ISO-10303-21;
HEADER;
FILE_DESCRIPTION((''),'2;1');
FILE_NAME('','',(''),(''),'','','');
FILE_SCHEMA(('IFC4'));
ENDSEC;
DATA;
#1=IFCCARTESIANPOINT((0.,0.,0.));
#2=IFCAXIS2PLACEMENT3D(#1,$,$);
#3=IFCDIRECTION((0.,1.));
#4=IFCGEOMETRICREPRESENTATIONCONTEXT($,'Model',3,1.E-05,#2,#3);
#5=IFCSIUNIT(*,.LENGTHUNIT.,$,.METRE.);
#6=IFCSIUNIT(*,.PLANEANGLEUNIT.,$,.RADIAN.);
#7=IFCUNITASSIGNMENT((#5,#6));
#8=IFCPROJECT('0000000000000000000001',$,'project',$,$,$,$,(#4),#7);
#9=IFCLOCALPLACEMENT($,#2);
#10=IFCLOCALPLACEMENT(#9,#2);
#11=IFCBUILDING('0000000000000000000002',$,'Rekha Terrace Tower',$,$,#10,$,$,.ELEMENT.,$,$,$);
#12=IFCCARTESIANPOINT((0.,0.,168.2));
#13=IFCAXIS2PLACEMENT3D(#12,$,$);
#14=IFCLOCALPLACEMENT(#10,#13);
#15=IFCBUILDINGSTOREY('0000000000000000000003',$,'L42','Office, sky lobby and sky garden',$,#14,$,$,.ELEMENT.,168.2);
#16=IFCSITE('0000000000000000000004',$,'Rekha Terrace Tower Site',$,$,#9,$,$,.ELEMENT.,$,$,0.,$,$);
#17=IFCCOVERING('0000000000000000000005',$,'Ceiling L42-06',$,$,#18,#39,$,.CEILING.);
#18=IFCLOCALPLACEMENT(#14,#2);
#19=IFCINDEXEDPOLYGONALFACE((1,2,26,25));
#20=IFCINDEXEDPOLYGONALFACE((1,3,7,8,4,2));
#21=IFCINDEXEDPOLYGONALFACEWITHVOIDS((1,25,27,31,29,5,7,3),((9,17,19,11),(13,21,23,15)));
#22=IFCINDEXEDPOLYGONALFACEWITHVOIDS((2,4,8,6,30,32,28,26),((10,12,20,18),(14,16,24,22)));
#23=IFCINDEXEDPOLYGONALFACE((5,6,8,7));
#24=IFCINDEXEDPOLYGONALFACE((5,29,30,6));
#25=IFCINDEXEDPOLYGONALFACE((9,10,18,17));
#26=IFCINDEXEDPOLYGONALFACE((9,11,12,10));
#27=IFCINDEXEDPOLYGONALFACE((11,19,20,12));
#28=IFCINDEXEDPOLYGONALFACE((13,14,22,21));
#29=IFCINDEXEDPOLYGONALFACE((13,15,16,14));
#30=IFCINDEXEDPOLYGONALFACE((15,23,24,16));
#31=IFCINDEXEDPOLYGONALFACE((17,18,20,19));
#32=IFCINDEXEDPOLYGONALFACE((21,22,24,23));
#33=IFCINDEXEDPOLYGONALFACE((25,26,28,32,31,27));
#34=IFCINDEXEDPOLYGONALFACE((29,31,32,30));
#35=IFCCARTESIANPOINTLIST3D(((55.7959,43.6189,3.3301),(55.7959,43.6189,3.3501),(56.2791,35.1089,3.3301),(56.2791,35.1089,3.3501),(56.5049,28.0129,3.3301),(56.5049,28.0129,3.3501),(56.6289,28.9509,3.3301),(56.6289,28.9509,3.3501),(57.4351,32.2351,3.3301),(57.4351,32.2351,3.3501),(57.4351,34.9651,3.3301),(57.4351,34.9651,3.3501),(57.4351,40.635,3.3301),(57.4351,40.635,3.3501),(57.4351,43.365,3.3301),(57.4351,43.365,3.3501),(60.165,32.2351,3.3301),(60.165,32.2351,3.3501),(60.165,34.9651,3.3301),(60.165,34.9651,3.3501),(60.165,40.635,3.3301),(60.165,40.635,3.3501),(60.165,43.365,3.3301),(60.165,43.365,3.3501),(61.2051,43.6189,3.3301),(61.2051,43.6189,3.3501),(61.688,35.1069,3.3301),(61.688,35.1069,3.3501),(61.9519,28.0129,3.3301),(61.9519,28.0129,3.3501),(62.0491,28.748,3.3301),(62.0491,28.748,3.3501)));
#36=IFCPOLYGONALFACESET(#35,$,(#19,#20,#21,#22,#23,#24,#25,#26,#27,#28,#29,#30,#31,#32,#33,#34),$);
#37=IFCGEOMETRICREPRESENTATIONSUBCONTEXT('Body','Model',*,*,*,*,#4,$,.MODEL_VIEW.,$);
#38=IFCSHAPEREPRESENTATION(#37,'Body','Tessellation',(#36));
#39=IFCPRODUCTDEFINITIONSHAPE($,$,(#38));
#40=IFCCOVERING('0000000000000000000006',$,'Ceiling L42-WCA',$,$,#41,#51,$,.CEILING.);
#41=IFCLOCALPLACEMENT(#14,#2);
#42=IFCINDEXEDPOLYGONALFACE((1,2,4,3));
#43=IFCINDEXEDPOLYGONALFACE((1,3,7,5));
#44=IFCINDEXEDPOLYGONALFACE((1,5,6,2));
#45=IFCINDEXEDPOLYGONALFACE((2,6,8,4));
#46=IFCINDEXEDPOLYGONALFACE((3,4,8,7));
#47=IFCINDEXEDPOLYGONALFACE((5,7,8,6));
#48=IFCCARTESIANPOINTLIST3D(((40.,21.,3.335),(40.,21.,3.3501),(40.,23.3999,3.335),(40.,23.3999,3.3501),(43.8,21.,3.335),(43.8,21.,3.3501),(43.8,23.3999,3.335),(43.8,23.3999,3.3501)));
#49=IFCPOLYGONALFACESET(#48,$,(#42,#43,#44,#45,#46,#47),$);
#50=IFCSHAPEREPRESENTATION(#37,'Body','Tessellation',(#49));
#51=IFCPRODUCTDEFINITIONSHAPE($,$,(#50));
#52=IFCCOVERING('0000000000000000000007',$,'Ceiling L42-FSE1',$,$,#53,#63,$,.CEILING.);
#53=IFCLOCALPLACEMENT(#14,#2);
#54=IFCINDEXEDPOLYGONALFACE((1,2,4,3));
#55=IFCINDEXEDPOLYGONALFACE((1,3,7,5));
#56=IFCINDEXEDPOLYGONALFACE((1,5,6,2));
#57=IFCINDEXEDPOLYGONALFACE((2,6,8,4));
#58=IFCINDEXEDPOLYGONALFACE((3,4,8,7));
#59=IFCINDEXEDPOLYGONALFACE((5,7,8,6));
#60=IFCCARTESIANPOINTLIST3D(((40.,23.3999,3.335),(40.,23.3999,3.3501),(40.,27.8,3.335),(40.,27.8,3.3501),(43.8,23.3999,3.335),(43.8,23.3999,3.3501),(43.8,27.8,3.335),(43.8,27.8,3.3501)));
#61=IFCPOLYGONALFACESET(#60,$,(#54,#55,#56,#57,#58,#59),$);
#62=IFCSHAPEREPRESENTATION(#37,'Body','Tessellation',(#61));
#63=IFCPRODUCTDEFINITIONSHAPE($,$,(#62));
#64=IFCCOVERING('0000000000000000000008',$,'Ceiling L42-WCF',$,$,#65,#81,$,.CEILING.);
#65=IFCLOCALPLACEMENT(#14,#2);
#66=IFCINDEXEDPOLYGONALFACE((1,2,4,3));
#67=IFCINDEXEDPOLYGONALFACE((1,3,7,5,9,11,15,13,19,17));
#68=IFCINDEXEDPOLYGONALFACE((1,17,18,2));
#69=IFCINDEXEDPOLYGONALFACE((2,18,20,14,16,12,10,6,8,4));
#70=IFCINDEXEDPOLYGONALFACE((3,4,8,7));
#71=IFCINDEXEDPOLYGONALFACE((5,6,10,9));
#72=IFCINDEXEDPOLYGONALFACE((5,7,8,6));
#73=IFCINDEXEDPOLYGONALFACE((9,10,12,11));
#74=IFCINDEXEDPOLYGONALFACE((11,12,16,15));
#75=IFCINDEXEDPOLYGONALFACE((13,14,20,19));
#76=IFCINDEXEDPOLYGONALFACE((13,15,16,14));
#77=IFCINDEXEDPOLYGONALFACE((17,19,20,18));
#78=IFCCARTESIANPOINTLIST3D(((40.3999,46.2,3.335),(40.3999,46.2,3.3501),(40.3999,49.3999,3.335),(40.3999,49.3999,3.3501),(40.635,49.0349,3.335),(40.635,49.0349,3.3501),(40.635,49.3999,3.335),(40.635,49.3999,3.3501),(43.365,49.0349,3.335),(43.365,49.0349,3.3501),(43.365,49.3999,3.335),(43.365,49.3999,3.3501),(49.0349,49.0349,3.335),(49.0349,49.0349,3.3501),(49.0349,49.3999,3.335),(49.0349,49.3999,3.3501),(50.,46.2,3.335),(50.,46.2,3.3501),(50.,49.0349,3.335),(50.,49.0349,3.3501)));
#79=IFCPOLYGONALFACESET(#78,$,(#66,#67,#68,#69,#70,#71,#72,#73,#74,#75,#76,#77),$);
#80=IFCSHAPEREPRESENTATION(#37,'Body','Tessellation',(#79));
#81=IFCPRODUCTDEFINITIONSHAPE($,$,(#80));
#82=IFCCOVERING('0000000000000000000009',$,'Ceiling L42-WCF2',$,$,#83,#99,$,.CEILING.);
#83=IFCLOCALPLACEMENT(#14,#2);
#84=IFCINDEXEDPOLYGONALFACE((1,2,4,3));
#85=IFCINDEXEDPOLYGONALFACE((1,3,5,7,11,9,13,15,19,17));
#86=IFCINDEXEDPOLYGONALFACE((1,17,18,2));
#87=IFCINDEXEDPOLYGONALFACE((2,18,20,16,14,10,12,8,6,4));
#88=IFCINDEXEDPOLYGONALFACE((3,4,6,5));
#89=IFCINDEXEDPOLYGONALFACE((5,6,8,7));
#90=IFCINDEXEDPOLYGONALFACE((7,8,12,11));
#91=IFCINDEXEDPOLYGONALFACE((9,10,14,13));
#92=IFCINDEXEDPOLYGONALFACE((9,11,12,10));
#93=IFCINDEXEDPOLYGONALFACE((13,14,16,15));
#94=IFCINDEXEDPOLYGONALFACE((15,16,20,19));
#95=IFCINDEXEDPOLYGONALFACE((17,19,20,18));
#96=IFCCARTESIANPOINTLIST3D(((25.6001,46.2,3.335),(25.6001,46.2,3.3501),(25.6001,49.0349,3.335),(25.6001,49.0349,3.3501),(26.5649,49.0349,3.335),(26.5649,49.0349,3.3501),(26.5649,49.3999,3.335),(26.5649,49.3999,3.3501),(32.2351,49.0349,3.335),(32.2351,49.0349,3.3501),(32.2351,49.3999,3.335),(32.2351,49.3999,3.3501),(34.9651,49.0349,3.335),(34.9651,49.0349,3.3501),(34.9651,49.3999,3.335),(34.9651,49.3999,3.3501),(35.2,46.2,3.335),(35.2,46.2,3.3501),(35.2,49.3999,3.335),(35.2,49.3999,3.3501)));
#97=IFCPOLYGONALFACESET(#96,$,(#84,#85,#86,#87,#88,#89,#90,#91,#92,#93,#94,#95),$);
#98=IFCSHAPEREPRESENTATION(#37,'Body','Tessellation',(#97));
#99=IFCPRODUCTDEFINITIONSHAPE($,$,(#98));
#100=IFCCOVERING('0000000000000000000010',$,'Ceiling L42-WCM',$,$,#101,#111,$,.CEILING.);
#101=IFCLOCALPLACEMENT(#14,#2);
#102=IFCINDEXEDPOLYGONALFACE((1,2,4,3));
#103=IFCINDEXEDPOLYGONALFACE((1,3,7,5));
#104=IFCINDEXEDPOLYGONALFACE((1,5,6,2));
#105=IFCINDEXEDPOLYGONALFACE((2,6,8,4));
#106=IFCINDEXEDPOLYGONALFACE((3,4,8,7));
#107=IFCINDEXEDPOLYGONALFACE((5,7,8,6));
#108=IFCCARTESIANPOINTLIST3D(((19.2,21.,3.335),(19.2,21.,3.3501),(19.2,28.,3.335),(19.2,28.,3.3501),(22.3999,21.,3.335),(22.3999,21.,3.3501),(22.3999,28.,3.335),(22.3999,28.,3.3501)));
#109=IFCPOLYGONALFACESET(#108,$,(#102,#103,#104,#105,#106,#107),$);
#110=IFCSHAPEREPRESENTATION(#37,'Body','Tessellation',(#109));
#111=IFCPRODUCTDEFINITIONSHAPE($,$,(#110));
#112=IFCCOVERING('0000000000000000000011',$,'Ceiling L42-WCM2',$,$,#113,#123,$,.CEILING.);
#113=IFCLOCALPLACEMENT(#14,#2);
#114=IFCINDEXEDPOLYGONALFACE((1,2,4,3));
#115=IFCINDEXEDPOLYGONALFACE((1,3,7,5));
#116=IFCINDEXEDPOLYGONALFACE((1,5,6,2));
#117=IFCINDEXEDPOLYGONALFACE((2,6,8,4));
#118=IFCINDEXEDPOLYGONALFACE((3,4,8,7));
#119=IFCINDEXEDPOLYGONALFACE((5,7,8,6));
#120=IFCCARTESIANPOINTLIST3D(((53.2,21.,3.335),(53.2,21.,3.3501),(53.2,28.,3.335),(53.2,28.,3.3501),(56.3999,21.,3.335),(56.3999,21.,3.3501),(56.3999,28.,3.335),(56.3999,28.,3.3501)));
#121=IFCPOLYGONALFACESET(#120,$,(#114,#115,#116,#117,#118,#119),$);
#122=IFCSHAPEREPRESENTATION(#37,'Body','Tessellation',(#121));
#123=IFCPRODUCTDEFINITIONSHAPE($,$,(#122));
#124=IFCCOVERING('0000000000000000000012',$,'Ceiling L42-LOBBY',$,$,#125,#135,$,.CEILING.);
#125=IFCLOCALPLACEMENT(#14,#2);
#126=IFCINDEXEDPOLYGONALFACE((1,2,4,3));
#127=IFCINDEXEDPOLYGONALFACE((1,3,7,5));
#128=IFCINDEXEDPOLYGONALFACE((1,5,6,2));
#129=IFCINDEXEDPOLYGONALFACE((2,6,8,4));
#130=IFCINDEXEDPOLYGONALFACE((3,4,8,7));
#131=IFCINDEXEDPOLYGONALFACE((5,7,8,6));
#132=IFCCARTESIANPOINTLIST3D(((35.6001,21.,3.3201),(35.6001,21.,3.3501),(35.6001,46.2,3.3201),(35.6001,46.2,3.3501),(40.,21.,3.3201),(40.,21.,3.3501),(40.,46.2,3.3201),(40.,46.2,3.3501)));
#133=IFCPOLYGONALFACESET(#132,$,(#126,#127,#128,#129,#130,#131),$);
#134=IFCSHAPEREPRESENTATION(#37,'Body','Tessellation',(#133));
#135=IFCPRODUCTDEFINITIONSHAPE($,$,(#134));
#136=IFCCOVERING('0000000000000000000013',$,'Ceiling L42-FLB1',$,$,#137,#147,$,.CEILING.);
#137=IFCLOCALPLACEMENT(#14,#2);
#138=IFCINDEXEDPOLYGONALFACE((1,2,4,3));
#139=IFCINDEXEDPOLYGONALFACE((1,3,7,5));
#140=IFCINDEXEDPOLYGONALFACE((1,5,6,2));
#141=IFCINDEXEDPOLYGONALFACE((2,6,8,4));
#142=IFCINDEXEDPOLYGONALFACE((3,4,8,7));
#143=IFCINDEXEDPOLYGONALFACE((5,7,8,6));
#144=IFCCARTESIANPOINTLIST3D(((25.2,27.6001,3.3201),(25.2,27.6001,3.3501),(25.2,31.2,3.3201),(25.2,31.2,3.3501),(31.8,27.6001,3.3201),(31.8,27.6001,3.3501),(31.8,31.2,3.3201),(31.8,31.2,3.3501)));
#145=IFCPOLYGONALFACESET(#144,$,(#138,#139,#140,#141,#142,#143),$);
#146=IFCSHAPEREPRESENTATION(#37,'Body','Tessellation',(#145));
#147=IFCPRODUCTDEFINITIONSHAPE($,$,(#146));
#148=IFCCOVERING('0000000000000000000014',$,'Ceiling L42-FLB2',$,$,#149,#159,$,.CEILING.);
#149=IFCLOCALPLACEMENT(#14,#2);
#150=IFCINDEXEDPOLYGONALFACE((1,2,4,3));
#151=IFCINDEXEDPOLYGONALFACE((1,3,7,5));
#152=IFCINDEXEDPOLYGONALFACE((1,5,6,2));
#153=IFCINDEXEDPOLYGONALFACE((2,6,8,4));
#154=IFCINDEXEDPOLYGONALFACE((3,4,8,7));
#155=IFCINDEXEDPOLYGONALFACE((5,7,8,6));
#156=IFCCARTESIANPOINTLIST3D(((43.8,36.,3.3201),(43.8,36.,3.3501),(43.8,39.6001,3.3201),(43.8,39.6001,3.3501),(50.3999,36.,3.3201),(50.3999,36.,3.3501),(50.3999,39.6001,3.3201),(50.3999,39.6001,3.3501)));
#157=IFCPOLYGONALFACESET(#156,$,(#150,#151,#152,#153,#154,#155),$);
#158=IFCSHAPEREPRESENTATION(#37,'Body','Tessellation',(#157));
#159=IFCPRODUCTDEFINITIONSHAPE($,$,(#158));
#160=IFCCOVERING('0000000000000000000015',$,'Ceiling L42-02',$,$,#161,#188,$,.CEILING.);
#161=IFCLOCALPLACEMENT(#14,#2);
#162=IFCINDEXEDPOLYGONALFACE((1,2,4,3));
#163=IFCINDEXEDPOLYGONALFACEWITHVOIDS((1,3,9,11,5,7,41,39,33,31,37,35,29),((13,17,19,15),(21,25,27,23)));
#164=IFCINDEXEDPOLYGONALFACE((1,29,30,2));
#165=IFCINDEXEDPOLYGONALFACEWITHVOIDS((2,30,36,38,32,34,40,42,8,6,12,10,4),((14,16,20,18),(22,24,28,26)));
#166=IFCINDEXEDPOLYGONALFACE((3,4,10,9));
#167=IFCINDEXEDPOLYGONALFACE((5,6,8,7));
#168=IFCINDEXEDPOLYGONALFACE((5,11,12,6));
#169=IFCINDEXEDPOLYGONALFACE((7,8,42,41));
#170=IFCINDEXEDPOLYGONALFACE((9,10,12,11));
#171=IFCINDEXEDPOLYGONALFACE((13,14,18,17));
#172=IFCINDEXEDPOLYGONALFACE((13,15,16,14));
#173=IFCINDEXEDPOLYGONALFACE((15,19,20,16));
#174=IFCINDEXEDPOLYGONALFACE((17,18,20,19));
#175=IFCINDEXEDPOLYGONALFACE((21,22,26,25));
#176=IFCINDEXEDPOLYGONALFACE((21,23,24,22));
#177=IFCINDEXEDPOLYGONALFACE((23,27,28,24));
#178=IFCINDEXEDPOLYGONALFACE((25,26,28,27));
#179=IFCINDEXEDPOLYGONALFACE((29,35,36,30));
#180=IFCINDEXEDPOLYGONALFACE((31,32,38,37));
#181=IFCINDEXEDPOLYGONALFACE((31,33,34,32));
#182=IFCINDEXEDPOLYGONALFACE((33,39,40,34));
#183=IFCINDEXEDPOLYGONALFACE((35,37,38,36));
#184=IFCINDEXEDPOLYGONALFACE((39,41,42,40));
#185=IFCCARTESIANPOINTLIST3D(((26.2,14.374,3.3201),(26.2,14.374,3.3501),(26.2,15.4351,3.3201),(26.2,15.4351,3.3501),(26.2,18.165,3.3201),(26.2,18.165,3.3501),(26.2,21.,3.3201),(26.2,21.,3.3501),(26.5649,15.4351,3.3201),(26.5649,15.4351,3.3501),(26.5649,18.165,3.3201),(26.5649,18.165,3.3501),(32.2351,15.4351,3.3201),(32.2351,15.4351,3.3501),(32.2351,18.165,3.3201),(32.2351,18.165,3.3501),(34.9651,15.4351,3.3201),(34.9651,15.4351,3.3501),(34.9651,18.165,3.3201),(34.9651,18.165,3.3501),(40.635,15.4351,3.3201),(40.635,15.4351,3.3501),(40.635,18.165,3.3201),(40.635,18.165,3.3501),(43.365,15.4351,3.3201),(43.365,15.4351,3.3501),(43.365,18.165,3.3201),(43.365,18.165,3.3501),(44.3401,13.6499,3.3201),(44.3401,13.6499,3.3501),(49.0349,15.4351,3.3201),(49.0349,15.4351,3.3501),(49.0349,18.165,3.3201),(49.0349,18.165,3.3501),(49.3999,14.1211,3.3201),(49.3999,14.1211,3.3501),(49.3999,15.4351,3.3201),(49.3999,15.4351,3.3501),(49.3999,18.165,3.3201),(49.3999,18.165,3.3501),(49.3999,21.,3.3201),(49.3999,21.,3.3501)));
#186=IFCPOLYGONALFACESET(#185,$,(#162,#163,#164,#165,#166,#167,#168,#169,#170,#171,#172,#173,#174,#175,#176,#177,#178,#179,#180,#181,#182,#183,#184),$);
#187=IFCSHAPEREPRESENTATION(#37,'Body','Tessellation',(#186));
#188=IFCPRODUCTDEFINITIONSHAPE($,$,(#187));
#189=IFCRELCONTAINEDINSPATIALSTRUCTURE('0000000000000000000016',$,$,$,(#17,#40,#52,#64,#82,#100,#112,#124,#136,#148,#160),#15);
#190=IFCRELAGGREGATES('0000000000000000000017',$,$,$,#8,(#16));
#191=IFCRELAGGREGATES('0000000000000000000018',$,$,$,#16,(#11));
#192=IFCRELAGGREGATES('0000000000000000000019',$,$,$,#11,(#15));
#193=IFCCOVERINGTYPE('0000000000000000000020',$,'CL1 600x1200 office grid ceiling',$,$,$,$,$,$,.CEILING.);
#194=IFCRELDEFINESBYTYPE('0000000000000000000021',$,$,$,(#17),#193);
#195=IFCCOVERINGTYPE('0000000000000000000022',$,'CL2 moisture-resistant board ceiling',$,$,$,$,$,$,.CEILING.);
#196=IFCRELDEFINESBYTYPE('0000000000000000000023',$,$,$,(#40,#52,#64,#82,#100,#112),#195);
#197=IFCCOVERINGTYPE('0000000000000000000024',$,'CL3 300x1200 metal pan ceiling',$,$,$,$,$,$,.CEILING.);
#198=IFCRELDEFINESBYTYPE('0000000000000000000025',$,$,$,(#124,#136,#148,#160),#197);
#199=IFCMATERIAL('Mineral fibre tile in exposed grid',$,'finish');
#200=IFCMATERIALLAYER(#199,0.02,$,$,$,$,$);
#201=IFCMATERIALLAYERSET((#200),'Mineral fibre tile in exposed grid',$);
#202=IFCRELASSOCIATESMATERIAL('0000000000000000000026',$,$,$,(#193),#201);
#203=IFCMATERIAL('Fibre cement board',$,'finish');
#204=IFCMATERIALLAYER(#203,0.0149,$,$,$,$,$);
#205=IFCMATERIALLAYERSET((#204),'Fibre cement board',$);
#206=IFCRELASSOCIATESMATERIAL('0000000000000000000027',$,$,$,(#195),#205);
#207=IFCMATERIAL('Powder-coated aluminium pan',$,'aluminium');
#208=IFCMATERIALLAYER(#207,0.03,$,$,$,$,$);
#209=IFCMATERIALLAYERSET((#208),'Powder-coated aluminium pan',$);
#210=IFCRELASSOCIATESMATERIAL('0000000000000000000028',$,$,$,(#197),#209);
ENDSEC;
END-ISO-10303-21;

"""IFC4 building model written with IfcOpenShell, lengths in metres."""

from ifc_helpers import new_model, si_unit, direction, frame, origin, place, context, subcontext, project, spatial, polyline, outline, extrude, material, layer, layer_set, type_object, element, save


model = new_model("IFC4")

# Units and contexts
model_context = context("Model", 3, precision=1e-05, world=origin(), true_north=direction((0.0, 1.0)))
body_context = subcontext(model_context, "Body", "Model", "MODEL_VIEW")
ifc_project = project(units=[si_unit("LENGTHUNIT", "METRE"), si_unit("PLANEANGLEUNIT", "RADIAN")], contexts=[model_context])

# Site, building, storey
site_placement = place(None, origin())
site = spatial("IfcSite", under=ifc_project, at=site_placement, Name="Rekha Terrace Tower Site", CompositionType="ELEMENT", RefElevation=0.0)
building_placement = place(site_placement, origin())
building = spatial("IfcBuilding", under=site, at=building_placement, Name="Rekha Terrace Tower", CompositionType="ELEMENT")
storey_placement = place(building_placement, frame((0.0, 0.0, 168.2)))
storey = spatial("IfcBuildingStorey", under=building, at=storey_placement, Name="L42", Description="Office, sky lobby and sky garden", CompositionType="ELEMENT", Elevation=168.2)

# Coverings
ifc_material_1 = material(Name="Mineral fibre tile in exposed grid", Category="finish")
ifc_layer_1 = layer(ifc_material_1, 0.02)
ifc_layer_set_1 = layer_set([ifc_layer_1], Name="Mineral fibre tile in exposed grid")
covering_type_1 = type_object("IfcCoveringType", Name="CL1 600x1200 office grid ceiling", PredefinedType="CEILING", material=ifc_layer_set_1)
covering_1_placement = place(storey_placement, frame((0.0, 0.0, 3.3301)))
element("IfcCovering", 1, at=covering_1_placement, inside=storey, type_object=covering_type_1, Name="Ceiling L42-06", PredefinedType="CEILING", context=body_context, shape_type="SweptSolid", body=[
    extrude(outline(polyline([(62.0491, 28.748), (61.688, 35.1069), (61.2051, 43.6189), (55.7959, 43.6189), (56.2791, 35.1089), (56.6289, 28.9509), (56.5049, 28.0129), (61.9519, 28.0129), (62.0491, 28.748)]), holes=[polyline([(60.165, 34.9651), (60.165, 32.2351), (57.4351, 32.2351), (57.4351, 34.9651), (60.165, 34.9651)]), polyline([(60.165, 40.635), (57.4351, 40.635), (57.4351, 43.365), (60.165, 43.365), (60.165, 40.635)])]), origin(), (0.0, 0.0, 1.0), 0.02),
])
ifc_material_2 = material(Name="Fibre cement board", Category="finish")
ifc_layer_2 = layer(ifc_material_2, 0.0149)
ifc_layer_set_2 = layer_set([ifc_layer_2], Name="Fibre cement board")
covering_type_2 = type_object("IfcCoveringType", Name="CL2 moisture-resistant board ceiling", PredefinedType="CEILING", material=ifc_layer_set_2)
covering_2_placement = place(storey_placement, frame((0.0, 0.0, 3.335)))
element("IfcCovering", 2, at=covering_2_placement, inside=storey, type_object=covering_type_2, Name="Ceiling L42-WCA", PredefinedType="CEILING", context=body_context, shape_type="SweptSolid", body=[
    extrude(outline(polyline([(43.8, 23.3999), (40.0, 23.3999), (40.0, 21.0), (43.8, 21.0), (43.8, 23.3999)])), origin(), (0.0, 0.0, 1.0), 0.0151),
])
covering_3_placement = place(storey_placement, frame((0.0, 0.0, 3.335)))
element("IfcCovering", 3, at=covering_3_placement, inside=storey, type_object=covering_type_2, Name="Ceiling L42-FSE1", PredefinedType="CEILING", context=body_context, shape_type="SweptSolid", body=[
    extrude(outline(polyline([(43.8, 27.8), (40.0, 27.8), (40.0, 23.3999), (43.8, 23.3999), (43.8, 27.8)])), origin(), (0.0, 0.0, 1.0), 0.0151),
])
covering_4_placement = place(storey_placement, frame((0.0, 0.0, 3.335)))
element("IfcCovering", 4, at=covering_4_placement, inside=storey, type_object=covering_type_2, Name="Ceiling L42-WCF", PredefinedType="CEILING", context=body_context, shape_type="SweptSolid", body=[
    extrude(outline(polyline([(40.635, 49.3999), (40.3999, 49.3999), (40.3999, 46.2), (50.0, 46.2), (50.0, 49.0349), (49.0349, 49.0349), (49.0349, 49.3999), (43.365, 49.3999), (43.365, 49.0349), (40.635, 49.0349), (40.635, 49.3999)])), origin(), (0.0, 0.0, 1.0), 0.0151),
])
covering_5_placement = place(storey_placement, frame((0.0, 0.0, 3.335)))
element("IfcCovering", 5, at=covering_5_placement, inside=storey, type_object=covering_type_2, Name="Ceiling L42-WCF2", PredefinedType="CEILING", context=body_context, shape_type="SweptSolid", body=[
    extrude(outline(polyline([(26.5649, 49.0349), (25.6001, 49.0349), (25.6001, 46.2), (35.2, 46.2), (35.2, 49.3999), (34.9651, 49.3999), (34.9651, 49.0349), (32.2351, 49.0349), (32.2351, 49.3999), (26.5649, 49.3999), (26.5649, 49.0349)])), origin(), (0.0, 0.0, 1.0), 0.0151),
])
covering_6_placement = place(storey_placement, frame((0.0, 0.0, 3.335)))
element("IfcCovering", 6, at=covering_6_placement, inside=storey, type_object=covering_type_2, Name="Ceiling L42-WCM", PredefinedType="CEILING", context=body_context, shape_type="SweptSolid", body=[
    extrude(outline(polyline([(22.3999, 28.0), (19.2, 28.0), (19.2, 21.0), (22.3999, 21.0), (22.3999, 28.0)])), origin(), (0.0, 0.0, 1.0), 0.0151),
])
covering_7_placement = place(storey_placement, frame((0.0, 0.0, 3.335)))
element("IfcCovering", 7, at=covering_7_placement, inside=storey, type_object=covering_type_2, Name="Ceiling L42-WCM2", PredefinedType="CEILING", context=body_context, shape_type="SweptSolid", body=[
    extrude(outline(polyline([(56.3999, 28.0), (53.2, 28.0), (53.2, 21.0), (56.3999, 21.0), (56.3999, 28.0)])), origin(), (0.0, 0.0, 1.0), 0.0151),
])
ifc_material_3 = material(Name="Powder-coated aluminium pan", Category="aluminium")
ifc_layer_3 = layer(ifc_material_3, 0.03)
ifc_layer_set_3 = layer_set([ifc_layer_3], Name="Powder-coated aluminium pan")
covering_type_3 = type_object("IfcCoveringType", Name="CL3 300x1200 metal pan ceiling", PredefinedType="CEILING", material=ifc_layer_set_3)
covering_8_placement = place(storey_placement, frame((0.0, 0.0, 3.3201)))
element("IfcCovering", 8, at=covering_8_placement, inside=storey, type_object=covering_type_3, Name="Ceiling L42-LOBBY", PredefinedType="CEILING", context=body_context, shape_type="SweptSolid", body=[
    extrude(outline(polyline([(40.0, 46.2), (35.6001, 46.2), (35.6001, 21.0), (40.0, 21.0), (40.0, 46.2)])), origin(), (0.0, 0.0, 1.0), 0.03),
])
covering_9_placement = place(storey_placement, frame((0.0, 0.0, 3.3201)))
element("IfcCovering", 9, at=covering_9_placement, inside=storey, type_object=covering_type_3, Name="Ceiling L42-FLB1", PredefinedType="CEILING", context=body_context, shape_type="SweptSolid", body=[
    extrude(outline(polyline([(31.8, 31.2), (25.2, 31.2), (25.2, 27.6001), (31.8, 27.6001), (31.8, 31.2)])), origin(), (0.0, 0.0, 1.0), 0.03),
])
covering_10_placement = place(storey_placement, frame((0.0, 0.0, 3.3201)))
element("IfcCovering", 10, at=covering_10_placement, inside=storey, type_object=covering_type_3, Name="Ceiling L42-FLB2", PredefinedType="CEILING", context=body_context, shape_type="SweptSolid", body=[
    extrude(outline(polyline([(50.3999, 39.6001), (43.8, 39.6001), (43.8, 36.0), (50.3999, 36.0), (50.3999, 39.6001)])), origin(), (0.0, 0.0, 1.0), 0.03),
])
covering_11_placement = place(storey_placement, frame((0.0, 0.0, 3.3201)))
element("IfcCovering", 11, at=covering_11_placement, inside=storey, type_object=covering_type_3, Name="Ceiling L42-02", PredefinedType="CEILING", context=body_context, shape_type="SweptSolid", body=[
    extrude(outline(polyline([(26.5649, 15.4351), (26.2, 15.4351), (26.2, 14.374), (44.3401, 13.6499), (49.3999, 14.1211), (49.3999, 15.4351), (49.0349, 15.4351), (49.0349, 18.165), (49.3999, 18.165), (49.3999, 21.0), (26.2, 21.0), (26.2, 18.165), (26.5649, 18.165), (26.5649, 15.4351)]), holes=[polyline([(43.365, 18.165), (43.365, 15.4351), (40.635, 15.4351), (40.635, 18.165), (43.365, 18.165)]), polyline([(34.9651, 15.4351), (32.2351, 15.4351), (32.2351, 18.165), (34.9651, 18.165), (34.9651, 15.4351)])]), origin(), (0.0, 0.0, 1.0), 0.03),
])

save(model, "model.ifc")
